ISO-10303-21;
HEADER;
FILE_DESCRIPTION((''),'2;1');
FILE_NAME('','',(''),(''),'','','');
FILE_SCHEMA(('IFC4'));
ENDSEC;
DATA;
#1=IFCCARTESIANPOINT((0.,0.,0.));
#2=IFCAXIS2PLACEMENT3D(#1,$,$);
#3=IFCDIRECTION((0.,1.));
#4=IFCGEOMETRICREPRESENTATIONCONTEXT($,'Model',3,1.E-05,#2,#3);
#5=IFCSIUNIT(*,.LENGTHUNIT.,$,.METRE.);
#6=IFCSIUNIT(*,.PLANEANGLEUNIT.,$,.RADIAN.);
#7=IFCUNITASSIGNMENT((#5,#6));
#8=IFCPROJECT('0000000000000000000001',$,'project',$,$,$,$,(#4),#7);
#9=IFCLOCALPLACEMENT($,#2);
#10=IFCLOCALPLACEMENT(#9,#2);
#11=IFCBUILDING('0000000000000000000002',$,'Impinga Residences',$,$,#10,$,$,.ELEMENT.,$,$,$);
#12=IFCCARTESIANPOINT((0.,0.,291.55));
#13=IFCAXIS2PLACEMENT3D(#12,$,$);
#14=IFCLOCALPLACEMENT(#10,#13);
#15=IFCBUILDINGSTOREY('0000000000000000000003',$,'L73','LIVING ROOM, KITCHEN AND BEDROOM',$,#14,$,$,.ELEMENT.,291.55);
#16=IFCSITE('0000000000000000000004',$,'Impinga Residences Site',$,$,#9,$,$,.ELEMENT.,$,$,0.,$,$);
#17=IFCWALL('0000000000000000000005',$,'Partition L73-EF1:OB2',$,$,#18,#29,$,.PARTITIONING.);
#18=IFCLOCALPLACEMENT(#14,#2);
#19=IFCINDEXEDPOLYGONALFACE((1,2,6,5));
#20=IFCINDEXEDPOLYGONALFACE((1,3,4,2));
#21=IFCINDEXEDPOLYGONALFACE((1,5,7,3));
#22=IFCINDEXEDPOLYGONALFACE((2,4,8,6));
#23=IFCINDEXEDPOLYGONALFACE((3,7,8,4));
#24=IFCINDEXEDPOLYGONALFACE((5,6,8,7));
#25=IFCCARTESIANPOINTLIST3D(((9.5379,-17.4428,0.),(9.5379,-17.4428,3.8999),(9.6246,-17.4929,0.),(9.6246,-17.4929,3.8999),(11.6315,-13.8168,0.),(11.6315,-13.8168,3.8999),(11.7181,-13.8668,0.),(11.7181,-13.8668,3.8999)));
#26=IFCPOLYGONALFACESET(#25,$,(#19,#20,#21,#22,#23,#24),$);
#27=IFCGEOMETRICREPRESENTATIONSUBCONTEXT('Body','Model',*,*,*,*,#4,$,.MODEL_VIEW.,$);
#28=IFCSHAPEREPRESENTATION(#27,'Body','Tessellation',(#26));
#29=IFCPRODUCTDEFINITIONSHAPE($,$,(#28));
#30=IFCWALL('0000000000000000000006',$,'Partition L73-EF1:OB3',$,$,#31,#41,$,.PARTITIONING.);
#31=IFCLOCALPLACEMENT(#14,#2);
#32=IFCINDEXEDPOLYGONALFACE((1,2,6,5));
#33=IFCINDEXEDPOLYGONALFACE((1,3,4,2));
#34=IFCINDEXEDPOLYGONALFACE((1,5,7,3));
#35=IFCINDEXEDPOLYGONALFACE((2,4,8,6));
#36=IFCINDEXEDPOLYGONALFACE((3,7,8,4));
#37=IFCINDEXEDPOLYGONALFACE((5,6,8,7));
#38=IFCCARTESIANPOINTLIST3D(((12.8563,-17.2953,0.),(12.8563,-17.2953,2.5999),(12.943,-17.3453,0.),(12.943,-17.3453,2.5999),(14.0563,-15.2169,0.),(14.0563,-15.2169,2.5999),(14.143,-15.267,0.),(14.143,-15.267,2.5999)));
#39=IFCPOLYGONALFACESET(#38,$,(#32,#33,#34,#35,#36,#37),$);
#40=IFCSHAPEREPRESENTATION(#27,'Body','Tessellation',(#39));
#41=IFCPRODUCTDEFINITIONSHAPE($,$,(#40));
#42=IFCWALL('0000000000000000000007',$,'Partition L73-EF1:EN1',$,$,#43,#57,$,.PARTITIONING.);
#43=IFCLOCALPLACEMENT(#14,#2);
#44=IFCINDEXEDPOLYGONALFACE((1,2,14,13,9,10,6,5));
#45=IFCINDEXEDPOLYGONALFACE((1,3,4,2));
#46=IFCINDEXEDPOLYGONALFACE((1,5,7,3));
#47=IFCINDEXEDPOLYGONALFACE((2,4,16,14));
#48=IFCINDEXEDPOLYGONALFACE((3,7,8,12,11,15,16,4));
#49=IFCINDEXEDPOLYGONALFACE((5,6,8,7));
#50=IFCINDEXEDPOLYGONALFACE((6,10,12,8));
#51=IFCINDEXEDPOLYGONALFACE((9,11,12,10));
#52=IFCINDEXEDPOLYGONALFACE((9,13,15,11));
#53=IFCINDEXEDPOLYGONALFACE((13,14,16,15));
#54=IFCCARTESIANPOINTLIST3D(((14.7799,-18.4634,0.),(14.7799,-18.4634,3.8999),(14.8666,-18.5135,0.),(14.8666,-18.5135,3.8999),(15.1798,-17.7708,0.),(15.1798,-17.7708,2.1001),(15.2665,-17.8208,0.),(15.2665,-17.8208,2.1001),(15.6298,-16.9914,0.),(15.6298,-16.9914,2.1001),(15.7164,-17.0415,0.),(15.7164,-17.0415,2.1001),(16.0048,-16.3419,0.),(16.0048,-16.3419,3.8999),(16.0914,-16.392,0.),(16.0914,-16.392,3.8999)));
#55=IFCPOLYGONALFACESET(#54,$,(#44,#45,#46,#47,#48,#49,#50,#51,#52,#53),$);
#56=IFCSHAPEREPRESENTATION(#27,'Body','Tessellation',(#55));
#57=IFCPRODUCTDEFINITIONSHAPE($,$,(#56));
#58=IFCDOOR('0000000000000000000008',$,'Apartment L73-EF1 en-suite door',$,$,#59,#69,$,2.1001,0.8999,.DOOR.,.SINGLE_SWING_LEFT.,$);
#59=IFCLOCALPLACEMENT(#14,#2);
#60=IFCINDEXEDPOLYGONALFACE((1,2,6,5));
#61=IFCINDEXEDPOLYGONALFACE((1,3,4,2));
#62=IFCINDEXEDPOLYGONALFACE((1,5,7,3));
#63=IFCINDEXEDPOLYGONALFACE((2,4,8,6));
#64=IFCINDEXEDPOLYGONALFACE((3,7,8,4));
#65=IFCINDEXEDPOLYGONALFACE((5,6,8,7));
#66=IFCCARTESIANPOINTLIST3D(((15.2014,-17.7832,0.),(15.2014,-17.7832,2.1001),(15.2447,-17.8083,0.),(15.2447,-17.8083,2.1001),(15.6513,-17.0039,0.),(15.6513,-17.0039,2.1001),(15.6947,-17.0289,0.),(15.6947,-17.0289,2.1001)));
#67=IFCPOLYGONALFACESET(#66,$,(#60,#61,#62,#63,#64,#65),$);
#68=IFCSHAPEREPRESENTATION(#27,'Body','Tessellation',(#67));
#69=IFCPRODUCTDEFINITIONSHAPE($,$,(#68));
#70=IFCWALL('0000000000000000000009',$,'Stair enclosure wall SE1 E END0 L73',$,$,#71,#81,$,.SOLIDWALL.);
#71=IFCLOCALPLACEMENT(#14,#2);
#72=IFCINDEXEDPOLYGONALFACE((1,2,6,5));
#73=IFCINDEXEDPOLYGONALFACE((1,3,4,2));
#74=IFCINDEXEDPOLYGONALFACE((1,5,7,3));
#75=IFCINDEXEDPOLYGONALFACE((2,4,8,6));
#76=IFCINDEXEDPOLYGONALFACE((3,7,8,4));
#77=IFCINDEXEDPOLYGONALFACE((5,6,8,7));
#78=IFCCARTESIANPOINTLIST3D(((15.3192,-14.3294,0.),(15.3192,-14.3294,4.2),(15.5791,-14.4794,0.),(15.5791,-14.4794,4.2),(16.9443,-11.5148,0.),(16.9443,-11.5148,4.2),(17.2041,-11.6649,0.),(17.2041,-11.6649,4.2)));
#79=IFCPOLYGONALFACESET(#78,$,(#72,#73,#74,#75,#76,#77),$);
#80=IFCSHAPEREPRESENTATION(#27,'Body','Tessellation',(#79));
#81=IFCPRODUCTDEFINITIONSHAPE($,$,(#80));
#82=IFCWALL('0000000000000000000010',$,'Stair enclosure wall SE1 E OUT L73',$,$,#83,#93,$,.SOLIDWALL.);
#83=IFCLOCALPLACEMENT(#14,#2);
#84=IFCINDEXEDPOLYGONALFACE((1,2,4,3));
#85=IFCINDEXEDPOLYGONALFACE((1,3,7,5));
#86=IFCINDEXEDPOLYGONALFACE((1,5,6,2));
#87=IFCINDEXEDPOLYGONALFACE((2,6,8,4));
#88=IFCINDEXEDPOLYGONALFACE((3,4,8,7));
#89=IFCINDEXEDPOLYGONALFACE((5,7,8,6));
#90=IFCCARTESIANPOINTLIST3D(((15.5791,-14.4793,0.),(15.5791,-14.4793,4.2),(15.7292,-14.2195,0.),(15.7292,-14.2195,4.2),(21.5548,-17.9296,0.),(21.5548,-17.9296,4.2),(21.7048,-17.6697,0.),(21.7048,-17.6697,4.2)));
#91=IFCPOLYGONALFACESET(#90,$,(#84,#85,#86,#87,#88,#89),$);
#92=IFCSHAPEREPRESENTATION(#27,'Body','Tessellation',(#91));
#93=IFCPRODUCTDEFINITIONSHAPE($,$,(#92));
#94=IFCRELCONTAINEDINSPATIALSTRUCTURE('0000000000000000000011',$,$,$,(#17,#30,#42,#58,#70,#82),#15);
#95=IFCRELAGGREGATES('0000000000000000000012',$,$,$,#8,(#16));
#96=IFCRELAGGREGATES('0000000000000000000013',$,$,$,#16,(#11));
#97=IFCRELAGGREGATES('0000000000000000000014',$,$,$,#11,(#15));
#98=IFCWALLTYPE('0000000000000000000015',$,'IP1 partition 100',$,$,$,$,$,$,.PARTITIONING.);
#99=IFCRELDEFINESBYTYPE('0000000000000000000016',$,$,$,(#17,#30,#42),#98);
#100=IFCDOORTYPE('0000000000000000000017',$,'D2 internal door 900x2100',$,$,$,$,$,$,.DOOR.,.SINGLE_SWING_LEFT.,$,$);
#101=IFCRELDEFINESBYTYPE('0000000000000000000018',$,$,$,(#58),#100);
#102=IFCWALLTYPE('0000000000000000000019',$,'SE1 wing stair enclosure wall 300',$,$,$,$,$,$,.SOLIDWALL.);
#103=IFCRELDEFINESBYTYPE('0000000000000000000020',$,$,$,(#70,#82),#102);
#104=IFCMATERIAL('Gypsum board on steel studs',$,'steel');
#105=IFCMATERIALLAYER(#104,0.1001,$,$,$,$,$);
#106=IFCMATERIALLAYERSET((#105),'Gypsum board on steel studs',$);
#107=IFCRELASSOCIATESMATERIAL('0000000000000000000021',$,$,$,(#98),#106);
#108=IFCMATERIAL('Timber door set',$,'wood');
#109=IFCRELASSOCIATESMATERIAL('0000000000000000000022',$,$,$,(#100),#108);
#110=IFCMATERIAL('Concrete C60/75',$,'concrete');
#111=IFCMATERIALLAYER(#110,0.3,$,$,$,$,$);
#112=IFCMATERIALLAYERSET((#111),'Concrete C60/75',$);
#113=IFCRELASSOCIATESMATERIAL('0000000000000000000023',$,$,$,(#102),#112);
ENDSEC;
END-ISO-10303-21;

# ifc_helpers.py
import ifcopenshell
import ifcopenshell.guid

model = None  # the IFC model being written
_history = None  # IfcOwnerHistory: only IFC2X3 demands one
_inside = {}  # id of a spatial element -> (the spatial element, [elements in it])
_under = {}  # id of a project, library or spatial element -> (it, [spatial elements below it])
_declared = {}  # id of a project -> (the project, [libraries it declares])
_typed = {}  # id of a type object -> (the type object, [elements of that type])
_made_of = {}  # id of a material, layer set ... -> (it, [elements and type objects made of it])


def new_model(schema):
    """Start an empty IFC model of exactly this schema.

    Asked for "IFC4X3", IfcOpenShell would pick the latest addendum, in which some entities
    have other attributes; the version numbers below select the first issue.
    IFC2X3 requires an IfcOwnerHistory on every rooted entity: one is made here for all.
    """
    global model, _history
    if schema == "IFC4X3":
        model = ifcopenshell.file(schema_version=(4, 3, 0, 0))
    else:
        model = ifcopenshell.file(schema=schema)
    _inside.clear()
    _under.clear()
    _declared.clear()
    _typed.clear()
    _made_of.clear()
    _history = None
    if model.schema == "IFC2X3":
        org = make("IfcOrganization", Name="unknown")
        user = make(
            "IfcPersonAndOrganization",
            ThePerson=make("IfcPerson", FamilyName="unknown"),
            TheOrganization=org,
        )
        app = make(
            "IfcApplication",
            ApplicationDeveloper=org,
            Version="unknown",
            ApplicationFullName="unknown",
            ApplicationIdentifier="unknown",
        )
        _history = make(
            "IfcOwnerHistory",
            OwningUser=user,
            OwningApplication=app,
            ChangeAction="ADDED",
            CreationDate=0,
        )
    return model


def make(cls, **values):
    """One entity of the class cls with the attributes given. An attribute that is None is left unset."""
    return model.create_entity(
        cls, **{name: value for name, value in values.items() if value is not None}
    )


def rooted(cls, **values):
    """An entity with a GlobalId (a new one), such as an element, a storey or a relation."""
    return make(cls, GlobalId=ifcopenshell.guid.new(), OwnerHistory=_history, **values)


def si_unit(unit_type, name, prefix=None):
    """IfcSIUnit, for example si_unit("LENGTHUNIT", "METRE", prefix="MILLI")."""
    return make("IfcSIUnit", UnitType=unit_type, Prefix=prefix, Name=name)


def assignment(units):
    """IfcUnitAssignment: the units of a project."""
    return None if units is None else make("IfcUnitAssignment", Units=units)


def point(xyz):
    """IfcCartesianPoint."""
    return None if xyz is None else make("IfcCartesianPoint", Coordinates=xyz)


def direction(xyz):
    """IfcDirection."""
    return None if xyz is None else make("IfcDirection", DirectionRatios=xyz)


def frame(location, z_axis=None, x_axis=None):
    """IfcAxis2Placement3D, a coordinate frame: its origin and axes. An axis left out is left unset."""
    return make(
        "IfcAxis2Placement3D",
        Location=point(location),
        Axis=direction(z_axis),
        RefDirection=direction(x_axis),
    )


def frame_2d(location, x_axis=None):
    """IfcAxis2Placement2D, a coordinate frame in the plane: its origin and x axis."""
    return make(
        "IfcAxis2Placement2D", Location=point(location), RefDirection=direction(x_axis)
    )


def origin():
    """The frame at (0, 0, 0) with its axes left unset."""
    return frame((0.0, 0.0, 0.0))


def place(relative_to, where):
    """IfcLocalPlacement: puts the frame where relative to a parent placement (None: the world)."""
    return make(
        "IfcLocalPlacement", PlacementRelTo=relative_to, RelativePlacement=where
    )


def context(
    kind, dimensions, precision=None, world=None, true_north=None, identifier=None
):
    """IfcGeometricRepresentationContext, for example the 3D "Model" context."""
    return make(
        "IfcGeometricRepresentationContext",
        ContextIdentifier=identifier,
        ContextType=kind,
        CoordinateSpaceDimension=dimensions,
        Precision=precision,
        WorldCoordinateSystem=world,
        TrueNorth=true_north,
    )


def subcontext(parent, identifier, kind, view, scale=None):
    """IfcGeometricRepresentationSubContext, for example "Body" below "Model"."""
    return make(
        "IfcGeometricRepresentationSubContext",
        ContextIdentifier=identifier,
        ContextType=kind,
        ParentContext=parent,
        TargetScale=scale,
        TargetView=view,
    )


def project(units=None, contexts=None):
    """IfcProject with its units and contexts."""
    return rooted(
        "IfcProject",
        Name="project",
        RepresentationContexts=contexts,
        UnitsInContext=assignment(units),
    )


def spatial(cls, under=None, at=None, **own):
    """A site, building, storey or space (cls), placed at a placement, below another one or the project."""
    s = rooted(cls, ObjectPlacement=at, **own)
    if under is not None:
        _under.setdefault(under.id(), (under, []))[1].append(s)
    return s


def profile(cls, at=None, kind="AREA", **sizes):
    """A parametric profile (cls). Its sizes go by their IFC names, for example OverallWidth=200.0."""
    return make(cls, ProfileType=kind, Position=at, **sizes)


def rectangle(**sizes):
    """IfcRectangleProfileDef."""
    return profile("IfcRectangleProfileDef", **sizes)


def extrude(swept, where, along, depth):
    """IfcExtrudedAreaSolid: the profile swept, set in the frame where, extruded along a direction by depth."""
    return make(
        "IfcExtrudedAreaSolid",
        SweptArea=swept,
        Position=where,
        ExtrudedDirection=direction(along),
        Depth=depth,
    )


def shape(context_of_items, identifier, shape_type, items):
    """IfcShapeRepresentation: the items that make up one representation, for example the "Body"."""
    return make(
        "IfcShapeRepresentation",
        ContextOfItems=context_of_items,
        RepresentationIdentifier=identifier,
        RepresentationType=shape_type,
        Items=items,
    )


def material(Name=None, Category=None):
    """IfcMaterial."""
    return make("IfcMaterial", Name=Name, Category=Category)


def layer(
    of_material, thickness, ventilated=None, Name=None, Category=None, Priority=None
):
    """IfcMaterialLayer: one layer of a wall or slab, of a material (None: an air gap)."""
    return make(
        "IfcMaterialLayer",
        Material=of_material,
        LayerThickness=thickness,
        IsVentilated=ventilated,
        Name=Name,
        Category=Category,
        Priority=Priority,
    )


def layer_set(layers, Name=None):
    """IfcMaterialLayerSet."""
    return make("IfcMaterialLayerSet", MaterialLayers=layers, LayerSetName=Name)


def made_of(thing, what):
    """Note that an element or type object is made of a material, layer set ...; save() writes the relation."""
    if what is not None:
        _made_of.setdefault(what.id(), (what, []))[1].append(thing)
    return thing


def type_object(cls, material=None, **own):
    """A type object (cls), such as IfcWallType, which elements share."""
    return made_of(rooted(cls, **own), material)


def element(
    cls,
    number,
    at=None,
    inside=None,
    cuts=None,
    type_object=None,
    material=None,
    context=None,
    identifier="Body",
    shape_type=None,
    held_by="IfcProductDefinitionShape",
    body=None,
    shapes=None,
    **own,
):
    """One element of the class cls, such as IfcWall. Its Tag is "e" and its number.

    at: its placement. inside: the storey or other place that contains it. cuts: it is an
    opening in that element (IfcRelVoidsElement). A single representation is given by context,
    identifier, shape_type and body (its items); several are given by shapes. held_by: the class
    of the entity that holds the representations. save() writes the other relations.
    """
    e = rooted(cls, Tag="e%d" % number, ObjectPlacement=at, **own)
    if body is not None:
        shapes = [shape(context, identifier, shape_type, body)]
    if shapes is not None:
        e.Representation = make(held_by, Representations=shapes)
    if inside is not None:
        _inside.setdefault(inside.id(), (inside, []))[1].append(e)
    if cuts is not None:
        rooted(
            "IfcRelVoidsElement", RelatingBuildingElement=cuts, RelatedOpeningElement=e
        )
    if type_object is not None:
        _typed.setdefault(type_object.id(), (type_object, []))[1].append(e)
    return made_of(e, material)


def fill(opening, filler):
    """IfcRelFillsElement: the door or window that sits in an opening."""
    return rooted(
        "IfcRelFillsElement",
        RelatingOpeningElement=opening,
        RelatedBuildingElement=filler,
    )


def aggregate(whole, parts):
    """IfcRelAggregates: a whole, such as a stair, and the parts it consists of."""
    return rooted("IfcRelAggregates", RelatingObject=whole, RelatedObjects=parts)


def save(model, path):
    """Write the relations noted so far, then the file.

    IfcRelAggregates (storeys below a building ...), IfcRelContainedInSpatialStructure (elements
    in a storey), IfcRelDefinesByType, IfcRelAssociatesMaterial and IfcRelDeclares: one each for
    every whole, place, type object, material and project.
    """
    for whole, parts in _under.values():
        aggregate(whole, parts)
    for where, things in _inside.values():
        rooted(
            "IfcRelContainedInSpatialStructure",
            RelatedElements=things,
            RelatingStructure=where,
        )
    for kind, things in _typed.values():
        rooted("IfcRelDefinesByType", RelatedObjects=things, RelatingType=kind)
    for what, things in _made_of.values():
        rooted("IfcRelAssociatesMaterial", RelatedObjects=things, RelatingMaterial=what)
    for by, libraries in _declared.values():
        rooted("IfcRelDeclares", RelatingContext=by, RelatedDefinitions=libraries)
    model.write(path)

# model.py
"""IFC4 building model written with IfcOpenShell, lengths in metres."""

from ifc_helpers import new_model, si_unit, direction, frame, frame_2d, origin, place, context, subcontext, project, spatial, rectangle, extrude, material, layer, layer_set, type_object, element, fill, save


model = new_model("IFC4")

# Units and contexts
model_context = context("Model", 3, precision=1e-05, world=origin(), true_north=direction((0.0, 1.0)))
body_context = subcontext(model_context, "Body", "Model", "MODEL_VIEW")
ifc_project = project(units=[si_unit("LENGTHUNIT", "METRE"), si_unit("PLANEANGLEUNIT", "RADIAN")], contexts=[model_context])

# Site, building, storey
site_placement = place(None, origin())
site = spatial("IfcSite", under=ifc_project, at=site_placement, Name="Impinga Residences Site", CompositionType="ELEMENT", RefElevation=0.0)
building_placement = place(site_placement, origin())
building = spatial("IfcBuilding", under=site, at=building_placement, Name="Impinga Residences", CompositionType="ELEMENT")
storey_placement = place(building_placement, frame((0.0, 0.0, 291.55)))
storey = spatial("IfcBuildingStorey", under=building, at=storey_placement, Name="L73", Description="LIVING ROOM, KITCHEN AND BEDROOM", CompositionType="ELEMENT", Elevation=291.55)

# Shared definitions
ifc_material_1 = material(Name="Concrete C60/75", Category="concrete")

# Shared definitions
ifc_material_2 = material(Name="Timber door set", Category="wood")

# Shared definitions
ifc_material_3 = material(Name="Gypsum board on steel studs", Category="steel")
ifc_layer_1 = layer(ifc_material_3, 0.1001)
ifc_layer_set_1 = layer_set([ifc_layer_1], Name="Gypsum board on steel studs")
wall_type_1 = type_object("IfcWallType", Name="IP1 partition 100", PredefinedType="PARTITIONING", material=ifc_layer_set_1)

# Shared definitions
door_type_1 = type_object("IfcDoorType", Name="D2 internal door 900x2100", OperationType="SINGLE_SWING_LEFT", PredefinedType="DOOR", material=ifc_material_2)

# Walls
for number, where, z_axis, x_axis, name in (
    (1, (11.6748, -13.8418, 0.0), (0.0, 0.0, 1.0), (-0.500008, -0.866021, 0.0), "Partition L73-EF1:OB2"),
):
    element("IfcWall", number, at=place(storey_placement, frame(where, z_axis=z_axis, x_axis=x_axis)), inside=storey, type_object=wall_type_1, Name=name, PredefinedType="PARTITIONING", context=body_context, shape_type="SweptSolid", body=[
        extrude(rectangle(XDim=4.187, YDim=0.1001, at=frame_2d((2.0935, 0.0))), origin(), (0.0, 0.0, 1.0), 3.8999),
    ])
wall_1_placement = place(storey_placement, frame((14.0996, -15.2419, 0.0), z_axis=(0.0, 0.0, 1.0), x_axis=(-0.500001, -0.866025, 0.0)))
element("IfcWall", 2, at=wall_1_placement, inside=storey, type_object=wall_type_1, Name="Partition L73-EF1:OB3", PredefinedType="PARTITIONING", context=body_context, shape_type="SweptSolid", body=[
    extrude(rectangle(XDim=2.3999, YDim=0.1001, at=frame_2d((1.2, 0.0))), origin(), (0.0, 0.0, 1.0), 2.5999),
])

# Wall, opening, door
wall_2_placement = place(storey_placement, frame((16.0481, -16.3669, 0.0), z_axis=(0.0, 0.0, 1.0), x_axis=(-0.499987, -0.866033, 0.0)))
wall_2 = element("IfcWall", 3, at=wall_2_placement, inside=storey, type_object=wall_type_1, Name="Partition L73-EF1:EN1", PredefinedType="PARTITIONING", context=body_context, shape_type="SweptSolid", body=[
    extrude(rectangle(XDim=2.4497, YDim=0.1001, at=frame_2d((1.2249, 0.0))), origin(), (0.0, 0.0, 1.0), 3.8999),
])
opening_1_placement = place(wall_2_placement, frame((0.75, 0.0, 0.0)))
opening_1 = element("IfcOpeningElement", 4, at=opening_1_placement, cuts=wall_2, PredefinedType="OPENING", context=body_context, shape_type="SweptSolid", body=[
    extrude(rectangle(XDim=0.8999, YDim=2.1001, at=frame_2d((0.45, 1.05))), frame((0.0, 0.0601, 0.0), z_axis=(0.0, -1.0, 0.0), x_axis=(1.0, 0.0, 0.0)), (0.0, 0.0, 1.0), 0.1201),
])
door_1_placement = place(opening_1_placement, origin())
door_1 = element("IfcDoor", 5, at=door_1_placement, inside=storey, type_object=door_type_1, Name="Apartment L73-EF1 en-suite door", OperationType="SINGLE_SWING_LEFT", OverallHeight=2.1001, OverallWidth=0.8999, PredefinedType="DOOR", context=body_context, shape_type="SweptSolid", body=[
    extrude(rectangle(XDim=0.8999, YDim=2.1001, at=frame_2d((0.45, 1.05))), frame((0.0, 0.0249, 0.0), z_axis=(0.0, -1.0, 0.0), x_axis=(1.0, 0.0, 0.0)), (0.0, 0.0, 1.0), 0.05),
])
fill(opening_1, door_1)

# Walls
ifc_layer_2 = layer(ifc_material_1, 0.3)
ifc_layer_set_2 = layer_set([ifc_layer_2], Name="Concrete C60/75")
wall_type_2 = type_object("IfcWallType", Name="SE1 wing stair enclosure wall 300", PredefinedType="SOLIDWALL", material=ifc_layer_set_2)
wall_3_placement = place(storey_placement, frame((17.0742, -11.5898, 0.0), z_axis=(0.0, 0.0, 1.0), x_axis=(-0.500017, -0.866015, 0.0)))
element("IfcWall", 6, at=wall_3_placement, inside=storey, type_object=wall_type_2, Name="Stair enclosure wall SE1 E END0 L73", PredefinedType="SOLIDWALL", context=body_context, shape_type="SweptSolid", body=[
    extrude(rectangle(XDim=3.25, YDim=0.3, at=frame_2d((1.625, 0.0))), origin(), (0.0, 0.0, 1.0), 4.2),
])
wall_4_placement = place(storey_placement, frame((15.6541, -14.3494, 0.0), z_axis=(0.0, 0.0, 1.0), x_axis=(0.866014, -0.500021, 0.0)))
element("IfcWall", 7, at=wall_4_placement, inside=storey, type_object=wall_type_2, Name="Stair enclosure wall SE1 E OUT L73", PredefinedType="SOLIDWALL", context=body_context, shape_type="SweptSolid", body=[
    extrude(rectangle(XDim=6.9001, YDim=0.3, at=frame_2d((3.4502, 0.0))), origin(), (0.0, 0.0, 1.0), 4.2),
])

save(model, "model.ifc")
